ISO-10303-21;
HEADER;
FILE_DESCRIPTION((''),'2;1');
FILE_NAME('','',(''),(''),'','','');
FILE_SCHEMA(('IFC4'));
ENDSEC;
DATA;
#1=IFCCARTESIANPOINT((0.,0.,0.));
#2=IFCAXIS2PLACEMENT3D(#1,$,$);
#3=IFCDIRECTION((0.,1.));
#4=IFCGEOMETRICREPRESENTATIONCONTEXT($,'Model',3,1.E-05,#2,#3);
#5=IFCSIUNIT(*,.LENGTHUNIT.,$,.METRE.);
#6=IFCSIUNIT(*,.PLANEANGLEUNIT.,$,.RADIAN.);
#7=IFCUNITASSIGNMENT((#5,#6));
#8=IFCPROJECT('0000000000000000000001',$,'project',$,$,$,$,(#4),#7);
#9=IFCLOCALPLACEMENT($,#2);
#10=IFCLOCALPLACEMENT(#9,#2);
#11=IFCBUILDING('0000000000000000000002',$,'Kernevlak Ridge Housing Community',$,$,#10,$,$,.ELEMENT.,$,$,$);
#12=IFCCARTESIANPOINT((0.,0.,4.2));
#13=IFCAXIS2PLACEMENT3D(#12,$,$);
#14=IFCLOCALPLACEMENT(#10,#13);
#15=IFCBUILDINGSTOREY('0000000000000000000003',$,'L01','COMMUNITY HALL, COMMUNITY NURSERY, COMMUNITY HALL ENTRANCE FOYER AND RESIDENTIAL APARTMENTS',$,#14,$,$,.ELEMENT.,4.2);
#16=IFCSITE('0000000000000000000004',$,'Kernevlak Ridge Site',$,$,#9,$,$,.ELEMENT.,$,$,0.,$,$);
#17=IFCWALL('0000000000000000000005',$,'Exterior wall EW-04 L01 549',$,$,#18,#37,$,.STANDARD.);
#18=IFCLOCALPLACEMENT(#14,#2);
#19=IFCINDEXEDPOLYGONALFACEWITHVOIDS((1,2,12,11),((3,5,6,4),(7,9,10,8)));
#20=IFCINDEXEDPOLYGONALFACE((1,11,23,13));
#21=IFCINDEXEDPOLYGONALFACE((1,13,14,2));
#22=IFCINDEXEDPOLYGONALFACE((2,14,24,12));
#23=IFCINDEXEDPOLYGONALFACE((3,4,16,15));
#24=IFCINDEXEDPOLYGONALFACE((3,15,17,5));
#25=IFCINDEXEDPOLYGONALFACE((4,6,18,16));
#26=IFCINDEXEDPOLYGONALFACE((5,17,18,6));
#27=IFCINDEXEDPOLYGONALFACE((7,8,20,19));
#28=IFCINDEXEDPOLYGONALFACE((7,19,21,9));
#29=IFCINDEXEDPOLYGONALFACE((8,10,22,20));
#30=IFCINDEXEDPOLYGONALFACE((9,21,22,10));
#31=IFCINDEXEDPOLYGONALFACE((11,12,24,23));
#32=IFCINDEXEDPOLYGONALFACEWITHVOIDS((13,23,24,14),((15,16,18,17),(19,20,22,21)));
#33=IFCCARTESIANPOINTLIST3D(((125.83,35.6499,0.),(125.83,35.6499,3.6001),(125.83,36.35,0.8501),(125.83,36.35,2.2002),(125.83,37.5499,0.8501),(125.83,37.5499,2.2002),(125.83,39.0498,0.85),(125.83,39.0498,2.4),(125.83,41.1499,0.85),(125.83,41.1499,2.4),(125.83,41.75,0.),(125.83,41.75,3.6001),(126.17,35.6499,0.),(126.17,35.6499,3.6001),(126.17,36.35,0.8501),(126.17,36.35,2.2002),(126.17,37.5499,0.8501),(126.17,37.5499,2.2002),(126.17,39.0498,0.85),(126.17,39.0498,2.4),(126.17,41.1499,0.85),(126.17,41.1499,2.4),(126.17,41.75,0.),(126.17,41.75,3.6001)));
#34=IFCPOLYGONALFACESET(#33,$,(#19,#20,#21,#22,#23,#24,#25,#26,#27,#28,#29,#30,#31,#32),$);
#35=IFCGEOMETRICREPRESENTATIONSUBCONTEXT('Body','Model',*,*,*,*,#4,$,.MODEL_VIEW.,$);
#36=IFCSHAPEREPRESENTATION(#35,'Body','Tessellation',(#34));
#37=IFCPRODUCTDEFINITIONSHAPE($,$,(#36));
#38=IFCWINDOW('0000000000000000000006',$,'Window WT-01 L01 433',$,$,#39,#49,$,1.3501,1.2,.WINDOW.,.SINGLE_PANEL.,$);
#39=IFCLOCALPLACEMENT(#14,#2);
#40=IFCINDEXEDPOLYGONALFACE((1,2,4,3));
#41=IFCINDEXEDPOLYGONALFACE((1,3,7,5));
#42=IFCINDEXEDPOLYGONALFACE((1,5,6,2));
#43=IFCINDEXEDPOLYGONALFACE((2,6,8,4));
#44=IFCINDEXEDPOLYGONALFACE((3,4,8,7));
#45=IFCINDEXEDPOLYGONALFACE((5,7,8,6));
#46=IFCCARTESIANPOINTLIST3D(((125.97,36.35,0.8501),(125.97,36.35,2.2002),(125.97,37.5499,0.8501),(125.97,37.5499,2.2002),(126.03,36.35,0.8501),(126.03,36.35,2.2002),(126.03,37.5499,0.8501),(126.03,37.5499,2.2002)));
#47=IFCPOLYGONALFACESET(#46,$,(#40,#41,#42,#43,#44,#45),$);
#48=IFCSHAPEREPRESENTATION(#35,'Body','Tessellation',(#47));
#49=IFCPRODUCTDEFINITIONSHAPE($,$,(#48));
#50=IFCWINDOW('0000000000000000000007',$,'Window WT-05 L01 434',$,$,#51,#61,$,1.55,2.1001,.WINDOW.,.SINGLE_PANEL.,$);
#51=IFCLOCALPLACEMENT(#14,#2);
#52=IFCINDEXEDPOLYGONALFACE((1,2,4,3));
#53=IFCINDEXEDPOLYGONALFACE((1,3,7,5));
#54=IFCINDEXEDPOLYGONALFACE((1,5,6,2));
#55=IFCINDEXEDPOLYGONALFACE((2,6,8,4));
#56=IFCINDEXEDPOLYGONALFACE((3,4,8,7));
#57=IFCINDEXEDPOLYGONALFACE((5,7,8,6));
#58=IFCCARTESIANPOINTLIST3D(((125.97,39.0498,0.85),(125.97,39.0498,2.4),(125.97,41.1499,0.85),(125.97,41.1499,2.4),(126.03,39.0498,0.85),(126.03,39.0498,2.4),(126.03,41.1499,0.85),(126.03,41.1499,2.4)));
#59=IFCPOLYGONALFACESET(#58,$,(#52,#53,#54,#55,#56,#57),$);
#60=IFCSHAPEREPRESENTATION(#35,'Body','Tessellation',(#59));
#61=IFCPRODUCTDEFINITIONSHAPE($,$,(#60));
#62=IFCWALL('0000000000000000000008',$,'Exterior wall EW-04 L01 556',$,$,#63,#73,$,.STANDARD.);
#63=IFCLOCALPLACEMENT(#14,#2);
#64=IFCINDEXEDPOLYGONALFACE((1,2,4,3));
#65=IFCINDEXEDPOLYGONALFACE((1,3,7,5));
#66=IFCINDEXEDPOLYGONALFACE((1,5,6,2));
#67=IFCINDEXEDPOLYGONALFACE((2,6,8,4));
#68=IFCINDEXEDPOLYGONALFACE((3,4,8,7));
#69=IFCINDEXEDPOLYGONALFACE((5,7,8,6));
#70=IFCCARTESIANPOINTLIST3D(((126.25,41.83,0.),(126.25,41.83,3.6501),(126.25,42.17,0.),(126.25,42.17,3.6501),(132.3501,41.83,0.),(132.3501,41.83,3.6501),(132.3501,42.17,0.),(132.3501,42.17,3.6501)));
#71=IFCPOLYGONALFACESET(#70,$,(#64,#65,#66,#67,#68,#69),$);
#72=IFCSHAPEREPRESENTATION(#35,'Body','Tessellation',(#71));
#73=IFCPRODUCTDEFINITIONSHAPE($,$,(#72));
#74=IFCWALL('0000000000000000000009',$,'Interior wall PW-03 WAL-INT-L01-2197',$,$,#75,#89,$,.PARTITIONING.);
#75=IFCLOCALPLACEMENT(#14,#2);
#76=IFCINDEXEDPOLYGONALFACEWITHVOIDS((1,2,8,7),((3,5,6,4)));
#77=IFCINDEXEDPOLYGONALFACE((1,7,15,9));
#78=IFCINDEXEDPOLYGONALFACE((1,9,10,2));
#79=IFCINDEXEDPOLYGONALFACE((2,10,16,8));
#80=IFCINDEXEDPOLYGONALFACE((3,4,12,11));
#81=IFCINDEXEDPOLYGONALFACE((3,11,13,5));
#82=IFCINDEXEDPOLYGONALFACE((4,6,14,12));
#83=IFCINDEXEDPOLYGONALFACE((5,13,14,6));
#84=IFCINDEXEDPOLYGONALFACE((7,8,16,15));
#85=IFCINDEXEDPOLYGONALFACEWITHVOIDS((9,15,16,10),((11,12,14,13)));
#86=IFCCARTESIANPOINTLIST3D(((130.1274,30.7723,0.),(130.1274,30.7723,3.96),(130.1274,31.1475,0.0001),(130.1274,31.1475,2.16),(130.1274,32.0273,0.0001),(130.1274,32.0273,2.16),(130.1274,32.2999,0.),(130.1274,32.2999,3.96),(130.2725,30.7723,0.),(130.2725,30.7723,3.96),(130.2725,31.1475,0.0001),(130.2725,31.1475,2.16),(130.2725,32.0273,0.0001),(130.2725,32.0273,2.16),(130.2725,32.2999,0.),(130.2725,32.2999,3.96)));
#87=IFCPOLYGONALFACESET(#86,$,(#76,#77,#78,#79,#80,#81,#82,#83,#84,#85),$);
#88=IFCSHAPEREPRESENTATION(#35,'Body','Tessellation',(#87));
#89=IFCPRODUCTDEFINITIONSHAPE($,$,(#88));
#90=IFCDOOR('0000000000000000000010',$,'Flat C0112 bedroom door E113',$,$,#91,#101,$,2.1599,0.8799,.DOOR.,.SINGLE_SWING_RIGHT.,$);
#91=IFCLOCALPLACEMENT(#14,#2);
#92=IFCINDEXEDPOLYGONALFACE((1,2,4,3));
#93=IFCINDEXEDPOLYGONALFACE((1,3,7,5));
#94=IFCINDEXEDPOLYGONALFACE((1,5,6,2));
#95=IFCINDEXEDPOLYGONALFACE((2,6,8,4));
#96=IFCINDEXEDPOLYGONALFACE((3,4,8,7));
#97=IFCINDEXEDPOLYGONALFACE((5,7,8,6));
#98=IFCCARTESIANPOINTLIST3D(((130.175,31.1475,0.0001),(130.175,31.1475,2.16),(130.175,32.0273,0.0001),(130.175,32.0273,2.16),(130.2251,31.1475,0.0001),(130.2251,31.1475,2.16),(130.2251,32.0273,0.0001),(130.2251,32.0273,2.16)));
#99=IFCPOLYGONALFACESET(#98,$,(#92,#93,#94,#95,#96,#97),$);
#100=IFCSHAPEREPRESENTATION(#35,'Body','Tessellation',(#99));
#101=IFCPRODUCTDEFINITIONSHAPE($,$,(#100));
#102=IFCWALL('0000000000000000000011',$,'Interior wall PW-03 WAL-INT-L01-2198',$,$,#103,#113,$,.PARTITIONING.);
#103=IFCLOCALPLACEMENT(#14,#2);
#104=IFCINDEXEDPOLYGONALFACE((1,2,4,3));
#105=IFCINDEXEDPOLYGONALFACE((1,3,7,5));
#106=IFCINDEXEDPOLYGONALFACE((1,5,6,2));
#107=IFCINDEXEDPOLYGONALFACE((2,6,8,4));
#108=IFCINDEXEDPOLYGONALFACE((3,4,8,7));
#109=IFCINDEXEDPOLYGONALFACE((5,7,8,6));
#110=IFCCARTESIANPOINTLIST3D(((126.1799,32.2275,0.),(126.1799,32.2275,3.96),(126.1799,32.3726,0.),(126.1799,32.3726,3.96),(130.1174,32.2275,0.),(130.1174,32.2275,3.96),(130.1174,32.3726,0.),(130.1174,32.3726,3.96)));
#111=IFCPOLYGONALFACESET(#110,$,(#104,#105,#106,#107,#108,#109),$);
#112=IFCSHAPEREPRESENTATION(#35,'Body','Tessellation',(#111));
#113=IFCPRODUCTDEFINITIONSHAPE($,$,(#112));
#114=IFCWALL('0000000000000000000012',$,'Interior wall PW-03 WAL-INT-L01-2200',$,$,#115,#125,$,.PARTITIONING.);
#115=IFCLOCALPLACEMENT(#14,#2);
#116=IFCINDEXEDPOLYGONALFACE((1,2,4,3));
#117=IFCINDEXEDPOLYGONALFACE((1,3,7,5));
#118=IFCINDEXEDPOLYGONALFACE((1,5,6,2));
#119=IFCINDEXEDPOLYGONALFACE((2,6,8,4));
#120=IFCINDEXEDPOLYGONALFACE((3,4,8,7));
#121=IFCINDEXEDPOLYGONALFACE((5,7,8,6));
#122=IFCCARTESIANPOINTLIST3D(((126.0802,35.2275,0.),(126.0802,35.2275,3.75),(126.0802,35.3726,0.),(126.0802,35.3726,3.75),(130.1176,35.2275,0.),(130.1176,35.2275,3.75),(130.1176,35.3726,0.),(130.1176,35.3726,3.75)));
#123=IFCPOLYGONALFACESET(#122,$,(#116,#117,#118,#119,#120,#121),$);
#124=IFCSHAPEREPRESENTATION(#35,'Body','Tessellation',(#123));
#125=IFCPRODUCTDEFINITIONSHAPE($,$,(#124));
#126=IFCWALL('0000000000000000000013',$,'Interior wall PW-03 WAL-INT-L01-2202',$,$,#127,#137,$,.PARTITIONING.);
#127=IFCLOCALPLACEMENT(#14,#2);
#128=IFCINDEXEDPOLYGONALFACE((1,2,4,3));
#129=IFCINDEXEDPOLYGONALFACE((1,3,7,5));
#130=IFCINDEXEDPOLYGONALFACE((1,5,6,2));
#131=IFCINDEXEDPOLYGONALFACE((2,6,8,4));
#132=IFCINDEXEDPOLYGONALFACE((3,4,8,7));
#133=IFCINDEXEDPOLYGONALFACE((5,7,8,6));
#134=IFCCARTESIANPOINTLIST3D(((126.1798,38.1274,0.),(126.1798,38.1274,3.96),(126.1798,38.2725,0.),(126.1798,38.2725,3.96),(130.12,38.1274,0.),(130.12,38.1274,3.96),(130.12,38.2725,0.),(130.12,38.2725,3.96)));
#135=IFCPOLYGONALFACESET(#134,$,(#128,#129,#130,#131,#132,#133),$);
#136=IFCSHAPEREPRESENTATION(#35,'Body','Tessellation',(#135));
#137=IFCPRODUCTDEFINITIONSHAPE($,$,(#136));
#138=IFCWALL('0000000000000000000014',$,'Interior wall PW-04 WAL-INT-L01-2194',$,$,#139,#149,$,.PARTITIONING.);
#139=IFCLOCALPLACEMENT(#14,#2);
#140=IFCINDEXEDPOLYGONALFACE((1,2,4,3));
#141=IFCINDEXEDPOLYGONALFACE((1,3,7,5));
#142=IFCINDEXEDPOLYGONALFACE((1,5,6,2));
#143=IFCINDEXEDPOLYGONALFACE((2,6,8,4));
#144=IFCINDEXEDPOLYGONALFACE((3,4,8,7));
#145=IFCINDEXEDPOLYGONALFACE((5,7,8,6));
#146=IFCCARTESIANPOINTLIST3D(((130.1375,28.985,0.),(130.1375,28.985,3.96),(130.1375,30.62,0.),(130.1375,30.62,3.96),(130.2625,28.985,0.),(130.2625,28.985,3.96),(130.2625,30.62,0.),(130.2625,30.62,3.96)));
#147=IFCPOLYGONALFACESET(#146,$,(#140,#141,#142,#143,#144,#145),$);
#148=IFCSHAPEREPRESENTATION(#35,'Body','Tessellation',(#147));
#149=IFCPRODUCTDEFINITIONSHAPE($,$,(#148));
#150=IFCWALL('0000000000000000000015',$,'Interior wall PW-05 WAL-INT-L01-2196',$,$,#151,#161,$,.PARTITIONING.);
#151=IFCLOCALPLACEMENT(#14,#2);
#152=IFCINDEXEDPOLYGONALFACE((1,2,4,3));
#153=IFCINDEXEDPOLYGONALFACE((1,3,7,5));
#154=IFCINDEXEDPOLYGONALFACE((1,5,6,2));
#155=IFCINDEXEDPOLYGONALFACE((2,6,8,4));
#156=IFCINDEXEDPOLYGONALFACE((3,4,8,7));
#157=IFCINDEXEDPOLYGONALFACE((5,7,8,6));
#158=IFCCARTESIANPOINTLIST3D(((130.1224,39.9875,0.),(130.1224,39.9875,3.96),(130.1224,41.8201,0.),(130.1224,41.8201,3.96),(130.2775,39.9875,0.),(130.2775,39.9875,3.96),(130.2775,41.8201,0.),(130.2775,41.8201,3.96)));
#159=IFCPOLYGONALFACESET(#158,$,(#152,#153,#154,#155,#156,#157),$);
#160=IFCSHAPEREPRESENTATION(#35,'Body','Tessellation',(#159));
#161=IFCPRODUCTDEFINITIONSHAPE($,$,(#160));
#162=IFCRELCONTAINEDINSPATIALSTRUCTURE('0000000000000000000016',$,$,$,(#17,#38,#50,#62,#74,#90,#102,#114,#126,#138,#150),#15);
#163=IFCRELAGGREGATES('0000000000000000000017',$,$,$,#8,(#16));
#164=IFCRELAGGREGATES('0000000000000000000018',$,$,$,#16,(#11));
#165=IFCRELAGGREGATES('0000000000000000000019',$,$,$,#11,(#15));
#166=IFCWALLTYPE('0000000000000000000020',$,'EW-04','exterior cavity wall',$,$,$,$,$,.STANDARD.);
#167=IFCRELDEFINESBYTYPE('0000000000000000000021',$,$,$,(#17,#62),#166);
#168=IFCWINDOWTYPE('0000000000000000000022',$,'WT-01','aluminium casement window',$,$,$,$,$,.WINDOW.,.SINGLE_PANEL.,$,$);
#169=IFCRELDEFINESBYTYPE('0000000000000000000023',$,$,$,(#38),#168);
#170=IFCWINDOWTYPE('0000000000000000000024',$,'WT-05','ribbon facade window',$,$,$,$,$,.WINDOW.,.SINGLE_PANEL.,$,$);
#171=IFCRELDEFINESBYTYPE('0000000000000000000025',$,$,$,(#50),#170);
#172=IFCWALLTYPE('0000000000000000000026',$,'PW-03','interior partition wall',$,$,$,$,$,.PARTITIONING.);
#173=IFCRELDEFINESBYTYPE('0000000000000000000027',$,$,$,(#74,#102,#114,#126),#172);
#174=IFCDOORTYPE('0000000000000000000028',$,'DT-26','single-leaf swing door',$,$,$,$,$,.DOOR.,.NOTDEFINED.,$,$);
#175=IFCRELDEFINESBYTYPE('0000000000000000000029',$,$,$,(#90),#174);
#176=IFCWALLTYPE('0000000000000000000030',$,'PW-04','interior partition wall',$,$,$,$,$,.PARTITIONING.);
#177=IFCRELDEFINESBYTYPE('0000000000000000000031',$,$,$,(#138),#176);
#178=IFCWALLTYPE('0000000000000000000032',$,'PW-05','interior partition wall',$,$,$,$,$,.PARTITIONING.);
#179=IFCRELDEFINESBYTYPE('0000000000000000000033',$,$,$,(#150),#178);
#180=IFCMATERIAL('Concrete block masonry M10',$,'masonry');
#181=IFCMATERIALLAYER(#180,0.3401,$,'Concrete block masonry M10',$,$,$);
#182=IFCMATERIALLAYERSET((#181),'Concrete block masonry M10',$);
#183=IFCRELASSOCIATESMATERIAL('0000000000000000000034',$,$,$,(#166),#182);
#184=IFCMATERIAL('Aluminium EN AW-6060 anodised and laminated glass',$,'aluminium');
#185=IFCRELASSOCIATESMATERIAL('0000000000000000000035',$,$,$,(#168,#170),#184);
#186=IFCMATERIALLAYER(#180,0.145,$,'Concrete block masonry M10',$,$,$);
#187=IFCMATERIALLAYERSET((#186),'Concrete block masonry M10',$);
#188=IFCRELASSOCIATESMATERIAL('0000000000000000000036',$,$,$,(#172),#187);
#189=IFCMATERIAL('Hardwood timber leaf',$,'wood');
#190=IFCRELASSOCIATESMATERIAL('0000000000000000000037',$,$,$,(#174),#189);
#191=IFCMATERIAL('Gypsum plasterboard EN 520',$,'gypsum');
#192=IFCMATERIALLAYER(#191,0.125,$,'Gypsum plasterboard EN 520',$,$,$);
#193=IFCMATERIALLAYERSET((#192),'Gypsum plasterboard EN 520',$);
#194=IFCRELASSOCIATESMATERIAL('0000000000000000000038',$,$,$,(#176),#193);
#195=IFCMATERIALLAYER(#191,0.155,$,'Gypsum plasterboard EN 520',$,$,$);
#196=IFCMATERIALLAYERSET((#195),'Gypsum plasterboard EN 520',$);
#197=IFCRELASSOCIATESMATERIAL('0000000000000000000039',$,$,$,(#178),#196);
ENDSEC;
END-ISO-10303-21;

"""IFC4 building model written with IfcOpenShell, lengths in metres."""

from ifc_helpers import new_model, si_unit, direction, frame, frame_2d, origin, place, context, subcontext, project, spatial, rectangle, extrude, material, layer, layer_set, type_object, element, fill, save


model = new_model("IFC4")

# Units and contexts
model_context = context("Model", 3, precision=1e-05, world=origin(), true_north=direction((0.0, 1.0)))
body_context = subcontext(model_context, "Body", "Model", "MODEL_VIEW")
ifc_project = project(units=[si_unit("LENGTHUNIT", "METRE"), si_unit("PLANEANGLEUNIT", "RADIAN")], contexts=[model_context])

# Site, building, storey
site_placement = place(None, origin())
site = spatial("IfcSite", under=ifc_project, at=site_placement, Name="Kernevlak Ridge Site", CompositionType="ELEMENT", RefElevation=0.0)
building_placement = place(site_placement, origin())
building = spatial("IfcBuilding", under=site, at=building_placement, Name="Kernevlak Ridge Housing Community", CompositionType="ELEMENT")
storey_placement = place(building_placement, frame((0.0, 0.0, 4.2)))
storey = spatial("IfcBuildingStorey", under=building, at=storey_placement, Name="L01", Description="COMMUNITY HALL, COMMUNITY NURSERY, COMMUNITY HALL ENTRANCE FOYER AND RESIDENTIAL APARTMENTS", CompositionType="ELEMENT", Elevation=4.2)

# Wall, openings, windows
ifc_material_1 = material(Name="Concrete block masonry M10", Category="masonry")
ifc_layer_1 = layer(ifc_material_1, 0.3401, Name="Concrete block masonry M10")
ifc_layer_set_1 = layer_set([ifc_layer_1], Name="Concrete block masonry M10")
wall_type_1 = type_object("IfcWallType", Name="EW-04", Description="exterior cavity wall", PredefinedType="STANDARD", material=ifc_layer_set_1)
ifc_material_2 = material(Name="Aluminium EN AW-6060 anodised and laminated glass", Category="aluminium")
wall_1_placement = place(storey_placement, frame((126.0, 35.6499, 0.0), z_axis=(0.0, 0.0, 1.0), x_axis=(0.0, 1.0, 0.0)))
wall_1 = element("IfcWall", 1, at=wall_1_placement, inside=storey, type_object=wall_type_1, Name="Exterior wall EW-04 L01 549", PredefinedType="STANDARD", context=body_context, shape_type="SweptSolid", body=[
    extrude(rectangle(XDim=6.1001, YDim=0.3401, at=frame_2d((3.05, 0.0))), origin(), (0.0, 0.0, 1.0), 3.6001),
])
opening_1_placement = place(wall_1_placement, frame((0.7, 0.0, 0.8501)))
opening_1 = element("IfcOpeningElement", 2, at=opening_1_placement, cuts=wall_1, PredefinedType="OPENING", context=body_context, shape_type="SweptSolid", body=[
    extrude(rectangle(XDim=1.2, YDim=1.3501, at=frame_2d((0.6001, 0.675))), frame((0.0, 0.1799, 0.0), z_axis=(0.0, -1.0, 0.0), x_axis=(1.0, 0.0, 0.0)), (0.0, 0.0, 1.0), 0.3601),
])
opening_2_placement = place(wall_1_placement, frame((3.3999, 0.0, 0.8501)))
opening_2 = element("IfcOpeningElement", 3, at=opening_2_placement, cuts=wall_1, PredefinedType="OPENING", context=body_context, shape_type="SweptSolid", body=[
    extrude(rectangle(XDim=2.1001, YDim=1.55, at=frame_2d((1.05, 0.7749))), frame((0.0, 0.1799, 0.0), z_axis=(0.0, -1.0, 0.0), x_axis=(1.0, 0.0, 0.0)), (0.0, 0.0, 1.0), 0.3601),
])
window_type_1 = type_object("IfcWindowType", Name="WT-01", Description="aluminium casement window", PartitioningType="SINGLE_PANEL", PredefinedType="WINDOW", material=ifc_material_2)
window_1_placement = place(opening_1_placement, origin())
window_1 = element("IfcWindow", 4, at=window_1_placement, inside=storey, type_object=window_type_1, Name="Window WT-01 L01 433", OverallHeight=1.3501, OverallWidth=1.2, PartitioningType="SINGLE_PANEL", PredefinedType="WINDOW", context=body_context, shape_type="SweptSolid", body=[
    extrude(rectangle(XDim=1.2, YDim=1.3501, at=frame_2d((0.6001, 0.675))), frame((0.0, 0.03, 0.0), z_axis=(0.0, -1.0, 0.0), x_axis=(1.0, 0.0, 0.0)), (0.0, 0.0, 1.0), 0.0601),
])
fill(opening_1, window_1)
window_type_2 = type_object("IfcWindowType", Name="WT-05", Description="ribbon facade window", PartitioningType="SINGLE_PANEL", PredefinedType="WINDOW", material=ifc_material_2)
window_2_placement = place(opening_2_placement, origin())
window_2 = element("IfcWindow", 5, at=window_2_placement, inside=storey, type_object=window_type_2, Name="Window WT-05 L01 434", OverallHeight=1.55, OverallWidth=2.1001, PartitioningType="SINGLE_PANEL", PredefinedType="WINDOW", context=body_context, shape_type="SweptSolid", body=[
    extrude(rectangle(XDim=2.1001, YDim=1.55, at=frame_2d((1.05, 0.7749))), frame((0.0, 0.03, 0.0), z_axis=(0.0, -1.0, 0.0), x_axis=(1.0, 0.0, 0.0)), (0.0, 0.0, 1.0), 0.0601),
])
fill(opening_2, window_2)

# Wall
wall_2_placement = place(storey_placement, frame((126.25, 42.0, 0.0), z_axis=(0.0, 0.0, 1.0), x_axis=(1.0, 0.0, 0.0)))
element("IfcWall", 6, at=wall_2_placement, inside=storey, type_object=wall_type_1, Name="Exterior wall EW-04 L01 556", PredefinedType="STANDARD", context=body_context, shape_type="SweptSolid", body=[
    extrude(rectangle(XDim=6.1001, YDim=0.3401, at=frame_2d((3.05, 0.0))), origin(), (0.0, 0.0, 1.0), 3.6501),
])

# Wall, opening, door
ifc_layer_2 = layer(ifc_material_1, 0.145, Name="Concrete block masonry M10")
ifc_layer_set_2 = layer_set([ifc_layer_2], Name="Concrete block masonry M10")
wall_type_2 = type_object("IfcWallType", Name="PW-03", Description="interior partition wall", PredefinedType="PARTITIONING", material=ifc_layer_set_2)
wall_3_placement = place(storey_placement, frame((130.2, 30.7725, 0.0), z_axis=(0.0, 0.0, 1.0), x_axis=(0.0, 1.0, 0.0)))
wall_3 = element("IfcWall", 7, at=wall_3_placement, inside=storey, type_object=wall_type_2, Name="Interior wall PW-03 WAL-INT-L01-2197", PredefinedType="PARTITIONING", context=body_context, shape_type="SweptSolid", body=[
    extrude(rectangle(XDim=1.5276, YDim=0.145, at=frame_2d((0.7637, 0.0))), origin(), (0.0, 0.0, 1.0), 3.96),
])
opening_3_placement = place(wall_3_placement, frame((0.375, 0.0, 0.0)))
opening_3 = element("IfcOpeningElement", 8, at=opening_3_placement, cuts=wall_3, PredefinedType="OPENING", context=body_context, shape_type="SweptSolid", body=[
    extrude(rectangle(XDim=0.8799, YDim=2.1599, at=frame_2d((0.4399, 1.0801))), frame((0.0, 0.0825, 0.0), z_axis=(0.0, -1.0, 0.0), x_axis=(1.0, 0.0, 0.0)), (0.0, 0.0, 1.0), 0.165),
])
ifc_material_3 = material(Name="Hardwood timber leaf", Category="wood")
door_type_1 = type_object("IfcDoorType", Name="DT-26", Description="single-leaf swing door", OperationType="NOTDEFINED", PredefinedType="DOOR", material=ifc_material_3)
door_1_placement = place(opening_3_placement, origin())
door_1 = element("IfcDoor", 9, at=door_1_placement, inside=storey, type_object=door_type_1, Name="Flat C0112 bedroom door E113", OperationType="SINGLE_SWING_RIGHT", OverallHeight=2.1599, OverallWidth=0.8799, PredefinedType="DOOR", context=body_context, shape_type="SweptSolid", body=[
    extrude(rectangle(XDim=0.8799, YDim=2.1599, at=frame_2d((0.4399, 1.0801))), frame((0.0, 0.0249, 0.0), z_axis=(0.0, -1.0, 0.0), x_axis=(1.0, 0.0, 0.0)), (0.0, 0.0, 1.0), 0.05),
])
fill(opening_3, door_1)

# Wall
wall_4_placement = place(storey_placement, frame((130.1174, 32.3, 0.0), z_axis=(0.0, 0.0, 1.0), x_axis=(-1.0, 0.0, 0.0)))
element("IfcWall", 10, at=wall_4_placement, inside=storey, type_object=wall_type_2, Name="Interior wall PW-03 WAL-INT-L01-2198", PredefinedType="PARTITIONING", context=body_context, shape_type="SweptSolid", body=[
    extrude(rectangle(XDim=3.9375, YDim=0.145, at=frame_2d((1.9688, 0.0))), origin(), (0.0, 0.0, 1.0), 3.96),
])

# Walls
wall_5_placement = place(storey_placement, frame((130.1174, 35.3, 0.0), z_axis=(0.0, 0.0, 1.0), x_axis=(-1.0, 0.0, 0.0)))
element("IfcWall", 11, at=wall_5_placement, inside=storey, type_object=wall_type_2, Name="Interior wall PW-03 WAL-INT-L01-2200", PredefinedType="PARTITIONING", context=body_context, shape_type="SweptSolid", body=[
    extrude(rectangle(XDim=4.0374, YDim=0.145, at=frame_2d((2.0186, 0.0))), origin(), (0.0, 0.0, 1.0), 3.75),
])
wall_6_placement = place(storey_placement, frame((130.1201, 38.2, 0.0), z_axis=(0.0, 0.0, 1.0), x_axis=(-1.0, 0.0, 0.0)))
element("IfcWall", 12, at=wall_6_placement, inside=storey, type_object=wall_type_2, Name="Interior wall PW-03 WAL-INT-L01-2202", PredefinedType="PARTITIONING", context=body_context, shape_type="SweptSolid", body=[
    extrude(rectangle(XDim=3.9402, YDim=0.145, at=frame_2d((1.9702, 0.0))), origin(), (0.0, 0.0, 1.0), 3.96),
])
ifc_material_4 = material(Name="Gypsum plasterboard EN 520", Category="gypsum")
ifc_layer_3 = layer(ifc_material_4, 0.125, Name="Gypsum plasterboard EN 520")
ifc_layer_set_3 = layer_set([ifc_layer_3], Name="Gypsum plasterboard EN 520")
wall_type_3 = type_object("IfcWallType", Name="PW-04", Description="interior partition wall", PredefinedType="PARTITIONING", material=ifc_layer_set_3)
wall_7_placement = place(storey_placement, frame((130.2, 28.9851, 0.0), z_axis=(0.0, 0.0, 1.0), x_axis=(0.0, 1.0, 0.0)))
element("IfcWall", 13, at=wall_7_placement, inside=storey, type_object=wall_type_3, Name="Interior wall PW-04 WAL-INT-L01-2194", PredefinedType="PARTITIONING", context=body_context, shape_type="SweptSolid", body=[
    extrude(rectangle(XDim=1.635, YDim=0.125, at=frame_2d((0.8174, 0.0))), origin(), (0.0, 0.0, 1.0), 3.96),
])
ifc_layer_4 = layer(ifc_material_4, 0.155, Name="Gypsum plasterboard EN 520")
ifc_layer_set_4 = layer_set([ifc_layer_4], Name="Gypsum plasterboard EN 520")
wall_type_4 = type_object("IfcWallType", Name="PW-05", Description="interior partition wall", PredefinedType="PARTITIONING", material=ifc_layer_set_4)
wall_8_placement = place(storey_placement, frame((130.2, 39.9875, 0.0), z_axis=(0.0, 0.0, 1.0), x_axis=(0.0, 1.0, 0.0)))
element("IfcWall", 14, at=wall_8_placement, inside=storey, type_object=wall_type_4, Name="Interior wall PW-05 WAL-INT-L01-2196", PredefinedType="PARTITIONING", context=body_context, shape_type="SweptSolid", body=[
    extrude(rectangle(XDim=1.8325, YDim=0.155, at=frame_2d((0.9163, 0.0))), origin(), (0.0, 0.0, 1.0), 3.96),
])

save(model, "model.ifc")
